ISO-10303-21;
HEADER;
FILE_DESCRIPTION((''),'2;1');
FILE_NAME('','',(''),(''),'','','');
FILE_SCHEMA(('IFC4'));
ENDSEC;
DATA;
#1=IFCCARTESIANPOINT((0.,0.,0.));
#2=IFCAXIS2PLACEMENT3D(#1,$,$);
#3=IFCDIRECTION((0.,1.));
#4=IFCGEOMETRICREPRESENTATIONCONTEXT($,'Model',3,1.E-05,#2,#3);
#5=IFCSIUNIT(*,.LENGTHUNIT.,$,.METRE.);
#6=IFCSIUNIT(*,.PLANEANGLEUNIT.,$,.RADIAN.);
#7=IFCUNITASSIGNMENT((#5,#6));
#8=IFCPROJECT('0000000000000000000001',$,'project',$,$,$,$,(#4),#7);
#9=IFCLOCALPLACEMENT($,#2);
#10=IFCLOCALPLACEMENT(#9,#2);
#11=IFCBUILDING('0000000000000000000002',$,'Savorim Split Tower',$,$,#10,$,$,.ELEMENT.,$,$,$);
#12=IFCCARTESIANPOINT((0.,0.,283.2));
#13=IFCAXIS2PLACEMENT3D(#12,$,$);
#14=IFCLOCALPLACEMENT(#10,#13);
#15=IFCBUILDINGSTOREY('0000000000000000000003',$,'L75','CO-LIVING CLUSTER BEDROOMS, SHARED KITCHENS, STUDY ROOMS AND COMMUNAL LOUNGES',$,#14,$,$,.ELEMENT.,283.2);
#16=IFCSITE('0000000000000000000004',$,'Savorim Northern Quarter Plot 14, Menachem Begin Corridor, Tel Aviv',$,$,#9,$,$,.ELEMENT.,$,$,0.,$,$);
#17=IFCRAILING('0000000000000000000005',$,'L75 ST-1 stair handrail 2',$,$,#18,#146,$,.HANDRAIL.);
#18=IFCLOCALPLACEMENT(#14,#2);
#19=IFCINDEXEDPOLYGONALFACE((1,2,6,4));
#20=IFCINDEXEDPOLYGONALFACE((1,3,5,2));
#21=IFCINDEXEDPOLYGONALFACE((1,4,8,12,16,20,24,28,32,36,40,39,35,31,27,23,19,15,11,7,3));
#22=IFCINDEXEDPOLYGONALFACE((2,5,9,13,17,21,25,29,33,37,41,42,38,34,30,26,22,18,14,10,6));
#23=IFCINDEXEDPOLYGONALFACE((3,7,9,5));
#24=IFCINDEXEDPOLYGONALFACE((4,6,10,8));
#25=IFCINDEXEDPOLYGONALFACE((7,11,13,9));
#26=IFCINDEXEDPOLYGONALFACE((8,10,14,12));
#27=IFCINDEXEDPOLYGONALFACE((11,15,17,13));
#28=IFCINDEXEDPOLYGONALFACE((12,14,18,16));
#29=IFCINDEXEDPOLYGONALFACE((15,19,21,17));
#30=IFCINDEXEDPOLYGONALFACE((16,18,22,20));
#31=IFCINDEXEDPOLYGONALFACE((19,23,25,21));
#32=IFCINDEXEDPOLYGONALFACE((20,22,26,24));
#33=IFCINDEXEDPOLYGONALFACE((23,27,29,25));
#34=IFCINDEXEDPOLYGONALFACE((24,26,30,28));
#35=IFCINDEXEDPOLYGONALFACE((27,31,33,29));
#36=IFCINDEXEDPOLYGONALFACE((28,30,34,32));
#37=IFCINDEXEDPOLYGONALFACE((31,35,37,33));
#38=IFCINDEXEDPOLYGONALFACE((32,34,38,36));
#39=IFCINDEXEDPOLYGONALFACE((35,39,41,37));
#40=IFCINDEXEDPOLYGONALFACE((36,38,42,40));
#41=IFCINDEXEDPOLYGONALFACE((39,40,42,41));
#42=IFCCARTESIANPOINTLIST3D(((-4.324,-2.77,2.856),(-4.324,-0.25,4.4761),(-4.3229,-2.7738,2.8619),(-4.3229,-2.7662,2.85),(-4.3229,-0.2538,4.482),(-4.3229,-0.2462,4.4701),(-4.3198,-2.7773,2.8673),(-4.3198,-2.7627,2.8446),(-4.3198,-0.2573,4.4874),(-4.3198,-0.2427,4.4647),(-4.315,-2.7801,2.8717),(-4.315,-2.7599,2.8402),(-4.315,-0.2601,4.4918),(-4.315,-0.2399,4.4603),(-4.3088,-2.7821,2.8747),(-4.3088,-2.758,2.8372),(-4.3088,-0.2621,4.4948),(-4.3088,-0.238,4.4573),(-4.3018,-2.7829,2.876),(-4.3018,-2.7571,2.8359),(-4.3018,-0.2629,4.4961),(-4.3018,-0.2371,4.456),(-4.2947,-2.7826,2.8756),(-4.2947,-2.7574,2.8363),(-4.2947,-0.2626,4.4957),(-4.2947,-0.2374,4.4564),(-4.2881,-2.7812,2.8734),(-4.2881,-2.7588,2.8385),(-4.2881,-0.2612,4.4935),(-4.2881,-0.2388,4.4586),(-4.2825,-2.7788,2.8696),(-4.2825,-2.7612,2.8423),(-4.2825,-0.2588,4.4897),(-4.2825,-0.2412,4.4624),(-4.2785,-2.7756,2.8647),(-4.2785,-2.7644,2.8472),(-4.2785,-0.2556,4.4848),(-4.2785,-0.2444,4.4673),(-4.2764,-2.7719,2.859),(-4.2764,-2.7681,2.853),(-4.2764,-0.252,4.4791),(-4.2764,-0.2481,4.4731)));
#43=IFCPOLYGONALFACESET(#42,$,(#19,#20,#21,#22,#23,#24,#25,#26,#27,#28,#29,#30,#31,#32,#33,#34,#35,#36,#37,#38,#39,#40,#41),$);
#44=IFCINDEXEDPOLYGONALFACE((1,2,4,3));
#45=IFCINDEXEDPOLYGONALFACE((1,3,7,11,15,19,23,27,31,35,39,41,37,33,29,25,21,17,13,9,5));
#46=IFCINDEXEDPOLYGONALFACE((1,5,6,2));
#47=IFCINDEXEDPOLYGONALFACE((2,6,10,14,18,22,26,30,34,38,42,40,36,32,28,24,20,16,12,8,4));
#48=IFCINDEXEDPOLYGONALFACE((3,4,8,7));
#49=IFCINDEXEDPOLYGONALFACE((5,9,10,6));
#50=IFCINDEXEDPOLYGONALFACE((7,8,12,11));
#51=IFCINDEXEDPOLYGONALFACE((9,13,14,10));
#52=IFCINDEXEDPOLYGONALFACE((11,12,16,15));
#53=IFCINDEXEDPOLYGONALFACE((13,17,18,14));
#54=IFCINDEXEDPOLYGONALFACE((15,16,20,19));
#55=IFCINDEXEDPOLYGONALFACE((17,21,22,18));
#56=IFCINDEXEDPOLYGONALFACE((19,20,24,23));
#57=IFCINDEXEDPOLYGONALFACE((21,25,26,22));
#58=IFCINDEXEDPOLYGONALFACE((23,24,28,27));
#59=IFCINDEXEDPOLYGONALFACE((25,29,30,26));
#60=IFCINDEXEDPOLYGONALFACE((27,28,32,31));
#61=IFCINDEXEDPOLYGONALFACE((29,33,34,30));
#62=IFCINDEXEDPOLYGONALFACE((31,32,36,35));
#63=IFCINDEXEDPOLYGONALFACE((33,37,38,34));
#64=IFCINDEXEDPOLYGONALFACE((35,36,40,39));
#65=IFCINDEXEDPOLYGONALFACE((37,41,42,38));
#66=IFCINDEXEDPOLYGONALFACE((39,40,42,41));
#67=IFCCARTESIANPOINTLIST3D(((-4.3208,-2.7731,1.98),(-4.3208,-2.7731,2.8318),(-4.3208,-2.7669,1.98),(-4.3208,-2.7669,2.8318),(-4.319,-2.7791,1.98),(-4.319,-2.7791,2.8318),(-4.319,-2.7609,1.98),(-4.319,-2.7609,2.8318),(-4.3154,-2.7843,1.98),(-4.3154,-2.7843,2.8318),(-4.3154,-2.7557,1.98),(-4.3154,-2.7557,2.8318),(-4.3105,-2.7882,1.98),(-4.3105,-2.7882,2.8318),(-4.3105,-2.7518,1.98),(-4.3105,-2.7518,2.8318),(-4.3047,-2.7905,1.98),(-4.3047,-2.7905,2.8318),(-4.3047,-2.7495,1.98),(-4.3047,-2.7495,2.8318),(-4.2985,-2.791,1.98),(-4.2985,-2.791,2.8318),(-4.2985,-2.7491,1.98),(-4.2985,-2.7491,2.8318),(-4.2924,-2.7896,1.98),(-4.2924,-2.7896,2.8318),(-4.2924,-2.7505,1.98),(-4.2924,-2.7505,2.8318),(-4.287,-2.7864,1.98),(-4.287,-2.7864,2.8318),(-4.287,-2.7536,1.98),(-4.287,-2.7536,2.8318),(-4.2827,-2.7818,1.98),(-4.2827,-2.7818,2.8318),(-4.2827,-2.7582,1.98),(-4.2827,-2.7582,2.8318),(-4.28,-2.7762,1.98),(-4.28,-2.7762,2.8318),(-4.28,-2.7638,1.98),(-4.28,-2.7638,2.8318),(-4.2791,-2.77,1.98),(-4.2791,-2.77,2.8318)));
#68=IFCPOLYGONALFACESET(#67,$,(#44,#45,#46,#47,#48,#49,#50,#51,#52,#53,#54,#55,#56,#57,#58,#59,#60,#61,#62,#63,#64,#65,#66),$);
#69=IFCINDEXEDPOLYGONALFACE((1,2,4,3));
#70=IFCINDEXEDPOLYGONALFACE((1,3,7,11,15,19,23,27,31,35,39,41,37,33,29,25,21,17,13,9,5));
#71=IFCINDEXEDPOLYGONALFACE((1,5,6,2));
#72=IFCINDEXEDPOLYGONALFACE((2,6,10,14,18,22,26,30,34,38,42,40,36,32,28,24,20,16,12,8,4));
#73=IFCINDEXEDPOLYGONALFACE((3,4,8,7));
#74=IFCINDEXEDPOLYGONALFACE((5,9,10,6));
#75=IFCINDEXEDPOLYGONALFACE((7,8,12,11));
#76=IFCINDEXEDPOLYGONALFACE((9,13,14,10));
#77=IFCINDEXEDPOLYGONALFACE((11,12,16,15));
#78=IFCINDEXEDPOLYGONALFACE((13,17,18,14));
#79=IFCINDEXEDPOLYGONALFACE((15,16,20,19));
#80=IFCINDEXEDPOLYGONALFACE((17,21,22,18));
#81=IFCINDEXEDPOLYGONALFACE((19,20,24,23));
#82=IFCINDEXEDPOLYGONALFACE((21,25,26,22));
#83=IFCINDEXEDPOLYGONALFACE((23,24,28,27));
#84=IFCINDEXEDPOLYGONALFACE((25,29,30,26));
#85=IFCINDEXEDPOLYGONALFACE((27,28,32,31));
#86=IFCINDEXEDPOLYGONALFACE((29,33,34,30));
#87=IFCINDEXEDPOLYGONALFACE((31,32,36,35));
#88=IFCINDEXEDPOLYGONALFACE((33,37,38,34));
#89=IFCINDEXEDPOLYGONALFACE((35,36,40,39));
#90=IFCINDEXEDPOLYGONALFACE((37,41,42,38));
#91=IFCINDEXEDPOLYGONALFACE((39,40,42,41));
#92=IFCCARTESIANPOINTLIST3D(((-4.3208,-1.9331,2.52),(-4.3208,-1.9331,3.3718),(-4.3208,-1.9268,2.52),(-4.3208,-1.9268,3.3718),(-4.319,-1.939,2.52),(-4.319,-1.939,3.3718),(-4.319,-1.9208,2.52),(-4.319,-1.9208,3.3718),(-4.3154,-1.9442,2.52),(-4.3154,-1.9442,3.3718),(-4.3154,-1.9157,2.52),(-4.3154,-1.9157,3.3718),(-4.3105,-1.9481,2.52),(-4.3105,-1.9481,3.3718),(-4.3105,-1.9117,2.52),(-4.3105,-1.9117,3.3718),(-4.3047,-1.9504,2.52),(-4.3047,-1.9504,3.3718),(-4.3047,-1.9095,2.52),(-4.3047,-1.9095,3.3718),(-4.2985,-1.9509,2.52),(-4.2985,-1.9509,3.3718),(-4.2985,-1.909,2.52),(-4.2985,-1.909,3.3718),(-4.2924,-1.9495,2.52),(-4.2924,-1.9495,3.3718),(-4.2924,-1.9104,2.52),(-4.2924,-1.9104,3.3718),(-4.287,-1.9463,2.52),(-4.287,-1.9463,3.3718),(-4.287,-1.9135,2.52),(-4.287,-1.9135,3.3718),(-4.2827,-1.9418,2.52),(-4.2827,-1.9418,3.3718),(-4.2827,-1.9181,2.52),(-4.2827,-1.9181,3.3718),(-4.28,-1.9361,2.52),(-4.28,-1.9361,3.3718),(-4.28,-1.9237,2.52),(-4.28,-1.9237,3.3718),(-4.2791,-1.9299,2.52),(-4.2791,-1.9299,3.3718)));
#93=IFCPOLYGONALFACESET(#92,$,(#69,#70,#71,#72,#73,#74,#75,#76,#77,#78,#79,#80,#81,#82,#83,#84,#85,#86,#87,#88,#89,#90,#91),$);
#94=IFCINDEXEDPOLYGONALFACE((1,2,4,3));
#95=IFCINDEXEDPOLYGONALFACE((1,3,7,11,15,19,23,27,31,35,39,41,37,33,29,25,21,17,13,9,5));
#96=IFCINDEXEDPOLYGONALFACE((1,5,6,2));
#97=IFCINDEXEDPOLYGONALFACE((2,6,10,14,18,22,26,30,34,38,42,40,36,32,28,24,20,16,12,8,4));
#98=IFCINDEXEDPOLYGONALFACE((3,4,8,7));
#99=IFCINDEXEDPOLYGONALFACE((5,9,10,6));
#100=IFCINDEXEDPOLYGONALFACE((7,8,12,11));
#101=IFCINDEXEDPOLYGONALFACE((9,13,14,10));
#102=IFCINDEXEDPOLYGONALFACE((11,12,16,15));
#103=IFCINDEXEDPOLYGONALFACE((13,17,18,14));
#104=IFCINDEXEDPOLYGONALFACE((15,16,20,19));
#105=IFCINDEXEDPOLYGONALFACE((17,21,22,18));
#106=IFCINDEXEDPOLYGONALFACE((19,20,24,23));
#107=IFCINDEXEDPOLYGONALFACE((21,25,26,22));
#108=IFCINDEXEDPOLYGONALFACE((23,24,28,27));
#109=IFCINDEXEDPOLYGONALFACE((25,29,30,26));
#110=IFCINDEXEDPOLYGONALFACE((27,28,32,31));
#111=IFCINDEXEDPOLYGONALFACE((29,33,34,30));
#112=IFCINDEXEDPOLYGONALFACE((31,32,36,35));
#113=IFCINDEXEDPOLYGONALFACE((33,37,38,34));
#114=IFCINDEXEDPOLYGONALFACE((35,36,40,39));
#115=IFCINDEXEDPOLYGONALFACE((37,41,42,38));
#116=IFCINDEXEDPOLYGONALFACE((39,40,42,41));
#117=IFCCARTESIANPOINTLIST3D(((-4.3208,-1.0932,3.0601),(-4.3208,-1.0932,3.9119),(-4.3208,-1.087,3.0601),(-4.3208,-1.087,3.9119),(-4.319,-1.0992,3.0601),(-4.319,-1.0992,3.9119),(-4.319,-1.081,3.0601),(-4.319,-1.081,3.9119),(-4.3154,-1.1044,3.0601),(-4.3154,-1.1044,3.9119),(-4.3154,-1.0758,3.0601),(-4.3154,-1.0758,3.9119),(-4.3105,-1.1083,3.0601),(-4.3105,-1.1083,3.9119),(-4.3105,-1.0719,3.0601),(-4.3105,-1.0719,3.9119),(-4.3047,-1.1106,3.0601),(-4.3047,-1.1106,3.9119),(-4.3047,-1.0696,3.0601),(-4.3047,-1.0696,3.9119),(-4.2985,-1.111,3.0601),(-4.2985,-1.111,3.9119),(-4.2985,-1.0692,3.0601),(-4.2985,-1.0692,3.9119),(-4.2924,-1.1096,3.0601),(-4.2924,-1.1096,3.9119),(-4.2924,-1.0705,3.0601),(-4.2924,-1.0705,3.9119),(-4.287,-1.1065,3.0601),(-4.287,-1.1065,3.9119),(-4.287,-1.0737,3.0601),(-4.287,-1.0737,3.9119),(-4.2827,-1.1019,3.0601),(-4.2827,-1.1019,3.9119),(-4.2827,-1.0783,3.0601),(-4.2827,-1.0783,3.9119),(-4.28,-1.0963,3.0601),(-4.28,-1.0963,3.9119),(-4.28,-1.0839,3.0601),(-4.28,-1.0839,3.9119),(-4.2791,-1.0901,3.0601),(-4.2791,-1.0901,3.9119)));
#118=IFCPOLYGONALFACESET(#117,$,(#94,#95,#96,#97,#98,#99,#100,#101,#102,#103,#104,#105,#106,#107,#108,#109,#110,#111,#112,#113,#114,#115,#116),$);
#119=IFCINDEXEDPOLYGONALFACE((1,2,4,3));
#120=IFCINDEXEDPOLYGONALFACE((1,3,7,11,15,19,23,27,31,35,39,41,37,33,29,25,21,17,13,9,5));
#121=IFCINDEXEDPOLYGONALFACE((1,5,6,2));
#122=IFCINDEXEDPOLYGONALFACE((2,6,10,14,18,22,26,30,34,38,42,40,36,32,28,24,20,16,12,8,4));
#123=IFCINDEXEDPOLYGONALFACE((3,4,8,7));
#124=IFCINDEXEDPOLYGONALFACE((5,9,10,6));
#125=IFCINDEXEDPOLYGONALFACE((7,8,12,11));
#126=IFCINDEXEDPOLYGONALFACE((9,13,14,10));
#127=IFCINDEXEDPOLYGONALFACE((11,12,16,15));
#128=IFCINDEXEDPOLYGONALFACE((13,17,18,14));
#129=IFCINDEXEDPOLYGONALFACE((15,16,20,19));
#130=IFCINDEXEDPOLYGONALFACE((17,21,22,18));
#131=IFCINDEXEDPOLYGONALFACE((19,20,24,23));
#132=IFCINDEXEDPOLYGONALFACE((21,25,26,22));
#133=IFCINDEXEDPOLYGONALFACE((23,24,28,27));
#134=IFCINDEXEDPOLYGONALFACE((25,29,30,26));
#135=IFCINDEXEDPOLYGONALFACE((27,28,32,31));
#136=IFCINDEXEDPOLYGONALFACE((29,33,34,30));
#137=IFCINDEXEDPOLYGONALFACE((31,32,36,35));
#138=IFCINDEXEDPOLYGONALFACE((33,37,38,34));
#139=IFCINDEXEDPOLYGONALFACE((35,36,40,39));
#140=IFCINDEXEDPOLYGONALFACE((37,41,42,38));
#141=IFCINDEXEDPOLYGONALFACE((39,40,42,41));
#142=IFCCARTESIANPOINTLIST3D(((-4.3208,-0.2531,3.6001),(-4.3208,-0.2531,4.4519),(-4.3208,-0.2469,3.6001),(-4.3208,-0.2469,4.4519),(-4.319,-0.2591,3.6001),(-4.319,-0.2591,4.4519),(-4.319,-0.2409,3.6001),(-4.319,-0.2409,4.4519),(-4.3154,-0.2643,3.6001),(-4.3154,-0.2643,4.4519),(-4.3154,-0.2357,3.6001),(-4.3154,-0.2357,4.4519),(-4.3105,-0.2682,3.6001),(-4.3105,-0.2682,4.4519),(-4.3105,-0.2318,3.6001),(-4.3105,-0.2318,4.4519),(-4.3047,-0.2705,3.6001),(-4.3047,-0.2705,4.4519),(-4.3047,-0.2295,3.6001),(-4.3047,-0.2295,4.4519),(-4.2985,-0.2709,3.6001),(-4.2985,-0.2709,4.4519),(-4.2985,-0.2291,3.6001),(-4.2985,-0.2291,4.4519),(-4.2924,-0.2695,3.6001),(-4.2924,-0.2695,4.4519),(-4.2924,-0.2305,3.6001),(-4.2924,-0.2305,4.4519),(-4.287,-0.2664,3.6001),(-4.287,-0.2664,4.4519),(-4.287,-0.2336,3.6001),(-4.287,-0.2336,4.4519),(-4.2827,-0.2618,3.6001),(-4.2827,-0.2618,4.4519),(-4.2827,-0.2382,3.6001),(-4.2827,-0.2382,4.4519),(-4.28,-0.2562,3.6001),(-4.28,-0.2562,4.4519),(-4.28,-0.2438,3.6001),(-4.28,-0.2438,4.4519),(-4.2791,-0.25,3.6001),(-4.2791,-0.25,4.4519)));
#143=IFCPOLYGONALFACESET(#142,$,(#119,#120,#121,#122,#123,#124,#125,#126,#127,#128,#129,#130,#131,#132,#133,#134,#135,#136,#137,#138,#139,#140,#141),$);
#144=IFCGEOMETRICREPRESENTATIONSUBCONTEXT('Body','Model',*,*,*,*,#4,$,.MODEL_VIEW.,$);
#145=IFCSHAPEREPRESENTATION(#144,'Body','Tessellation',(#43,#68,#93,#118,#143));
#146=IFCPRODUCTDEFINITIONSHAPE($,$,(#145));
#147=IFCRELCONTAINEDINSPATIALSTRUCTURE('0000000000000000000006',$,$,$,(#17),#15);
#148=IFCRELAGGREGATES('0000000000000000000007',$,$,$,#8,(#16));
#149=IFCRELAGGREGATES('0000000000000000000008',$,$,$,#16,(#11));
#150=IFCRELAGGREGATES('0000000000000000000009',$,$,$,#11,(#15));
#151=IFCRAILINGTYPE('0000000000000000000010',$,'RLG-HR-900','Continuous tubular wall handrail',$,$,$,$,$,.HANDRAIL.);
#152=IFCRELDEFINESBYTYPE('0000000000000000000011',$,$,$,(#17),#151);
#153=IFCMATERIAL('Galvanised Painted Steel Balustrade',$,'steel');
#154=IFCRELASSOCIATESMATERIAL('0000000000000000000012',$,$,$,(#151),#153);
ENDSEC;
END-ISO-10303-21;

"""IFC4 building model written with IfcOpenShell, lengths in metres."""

from ifc_helpers import new_model, si_unit, direction, frame, origin, origin_2d, place, context, subcontext, project, spatial, circle, extrude, material, type_object, element, save


model = new_model("IFC4")

# Units and contexts
model_context = context("Model", 3, precision=1e-05, world=origin(), true_north=direction((0.0, 1.0)))
body_context = subcontext(model_context, "Body", "Model", "MODEL_VIEW")
ifc_project = project(units=[si_unit("LENGTHUNIT", "METRE"), si_unit("PLANEANGLEUNIT", "RADIAN")], contexts=[model_context])

# Site, building, storey
site_placement = place(None, origin())
site = spatial("IfcSite", under=ifc_project, at=site_placement, Name="Savorim Northern Quarter Plot 14, Menachem Begin Corridor, Tel Aviv", CompositionType="ELEMENT", RefElevation=0.0)
building_placement = place(site_placement, origin())
building = spatial("IfcBuilding", under=site, at=building_placement, Name="Savorim Split Tower", CompositionType="ELEMENT")
storey_placement = place(building_placement, frame((0.0, 0.0, 283.2)))
storey = spatial("IfcBuildingStorey", under=building, at=storey_placement, Name="L75", Description="CO-LIVING CLUSTER BEDROOMS, SHARED KITCHENS, STUDY ROOMS AND COMMUNAL LOUNGES", CompositionType="ELEMENT", Elevation=283.2)

# Railing
ifc_material_1 = material(Name="Galvanised Painted Steel Balustrade", Category="steel")
railing_type_1 = type_object("IfcRailingType", Name="RLG-HR-900", Description="Continuous tubular wall handrail", PredefinedType="HANDRAIL", material=ifc_material_1)
railing_1_placement = place(storey_placement, frame((-4.3, -2.77, 1.98)))
element("IfcRailing", 1, at=railing_1_placement, inside=storey, type_object=railing_type_1, Name="L75 ST-1 stair handrail 2", PredefinedType="HANDRAIL", context=body_context, shape_type="SweptSolid", body=[
    extrude(circle(Radius=0.0239, at=origin_2d()), frame((0.0, 0.0, 0.876), z_axis=(0.0, 0.841163, 0.540782), x_axis=(-1.0, 0.0, 0.0)), (0.0, 0.0, 1.0), 2.9958),
    extrude(circle(Radius=0.021, at=origin_2d()), origin(), (0.0, 0.0, 1.0), 0.8518),
    extrude(circle(Radius=0.021, at=origin_2d()), frame((0.0, 0.8401, 0.54)), (0.0, 0.0, 1.0), 0.8518),
    extrude(circle(Radius=0.021, at=origin_2d()), frame((0.0, 1.6799, 1.0801)), (0.0, 0.0, 1.0), 0.8518),
    extrude(circle(Radius=0.021, at=origin_2d()), frame((0.0, 2.52, 1.6201)), (0.0, 0.0, 1.0), 0.8518),
])

save(model, "model.ifc")
